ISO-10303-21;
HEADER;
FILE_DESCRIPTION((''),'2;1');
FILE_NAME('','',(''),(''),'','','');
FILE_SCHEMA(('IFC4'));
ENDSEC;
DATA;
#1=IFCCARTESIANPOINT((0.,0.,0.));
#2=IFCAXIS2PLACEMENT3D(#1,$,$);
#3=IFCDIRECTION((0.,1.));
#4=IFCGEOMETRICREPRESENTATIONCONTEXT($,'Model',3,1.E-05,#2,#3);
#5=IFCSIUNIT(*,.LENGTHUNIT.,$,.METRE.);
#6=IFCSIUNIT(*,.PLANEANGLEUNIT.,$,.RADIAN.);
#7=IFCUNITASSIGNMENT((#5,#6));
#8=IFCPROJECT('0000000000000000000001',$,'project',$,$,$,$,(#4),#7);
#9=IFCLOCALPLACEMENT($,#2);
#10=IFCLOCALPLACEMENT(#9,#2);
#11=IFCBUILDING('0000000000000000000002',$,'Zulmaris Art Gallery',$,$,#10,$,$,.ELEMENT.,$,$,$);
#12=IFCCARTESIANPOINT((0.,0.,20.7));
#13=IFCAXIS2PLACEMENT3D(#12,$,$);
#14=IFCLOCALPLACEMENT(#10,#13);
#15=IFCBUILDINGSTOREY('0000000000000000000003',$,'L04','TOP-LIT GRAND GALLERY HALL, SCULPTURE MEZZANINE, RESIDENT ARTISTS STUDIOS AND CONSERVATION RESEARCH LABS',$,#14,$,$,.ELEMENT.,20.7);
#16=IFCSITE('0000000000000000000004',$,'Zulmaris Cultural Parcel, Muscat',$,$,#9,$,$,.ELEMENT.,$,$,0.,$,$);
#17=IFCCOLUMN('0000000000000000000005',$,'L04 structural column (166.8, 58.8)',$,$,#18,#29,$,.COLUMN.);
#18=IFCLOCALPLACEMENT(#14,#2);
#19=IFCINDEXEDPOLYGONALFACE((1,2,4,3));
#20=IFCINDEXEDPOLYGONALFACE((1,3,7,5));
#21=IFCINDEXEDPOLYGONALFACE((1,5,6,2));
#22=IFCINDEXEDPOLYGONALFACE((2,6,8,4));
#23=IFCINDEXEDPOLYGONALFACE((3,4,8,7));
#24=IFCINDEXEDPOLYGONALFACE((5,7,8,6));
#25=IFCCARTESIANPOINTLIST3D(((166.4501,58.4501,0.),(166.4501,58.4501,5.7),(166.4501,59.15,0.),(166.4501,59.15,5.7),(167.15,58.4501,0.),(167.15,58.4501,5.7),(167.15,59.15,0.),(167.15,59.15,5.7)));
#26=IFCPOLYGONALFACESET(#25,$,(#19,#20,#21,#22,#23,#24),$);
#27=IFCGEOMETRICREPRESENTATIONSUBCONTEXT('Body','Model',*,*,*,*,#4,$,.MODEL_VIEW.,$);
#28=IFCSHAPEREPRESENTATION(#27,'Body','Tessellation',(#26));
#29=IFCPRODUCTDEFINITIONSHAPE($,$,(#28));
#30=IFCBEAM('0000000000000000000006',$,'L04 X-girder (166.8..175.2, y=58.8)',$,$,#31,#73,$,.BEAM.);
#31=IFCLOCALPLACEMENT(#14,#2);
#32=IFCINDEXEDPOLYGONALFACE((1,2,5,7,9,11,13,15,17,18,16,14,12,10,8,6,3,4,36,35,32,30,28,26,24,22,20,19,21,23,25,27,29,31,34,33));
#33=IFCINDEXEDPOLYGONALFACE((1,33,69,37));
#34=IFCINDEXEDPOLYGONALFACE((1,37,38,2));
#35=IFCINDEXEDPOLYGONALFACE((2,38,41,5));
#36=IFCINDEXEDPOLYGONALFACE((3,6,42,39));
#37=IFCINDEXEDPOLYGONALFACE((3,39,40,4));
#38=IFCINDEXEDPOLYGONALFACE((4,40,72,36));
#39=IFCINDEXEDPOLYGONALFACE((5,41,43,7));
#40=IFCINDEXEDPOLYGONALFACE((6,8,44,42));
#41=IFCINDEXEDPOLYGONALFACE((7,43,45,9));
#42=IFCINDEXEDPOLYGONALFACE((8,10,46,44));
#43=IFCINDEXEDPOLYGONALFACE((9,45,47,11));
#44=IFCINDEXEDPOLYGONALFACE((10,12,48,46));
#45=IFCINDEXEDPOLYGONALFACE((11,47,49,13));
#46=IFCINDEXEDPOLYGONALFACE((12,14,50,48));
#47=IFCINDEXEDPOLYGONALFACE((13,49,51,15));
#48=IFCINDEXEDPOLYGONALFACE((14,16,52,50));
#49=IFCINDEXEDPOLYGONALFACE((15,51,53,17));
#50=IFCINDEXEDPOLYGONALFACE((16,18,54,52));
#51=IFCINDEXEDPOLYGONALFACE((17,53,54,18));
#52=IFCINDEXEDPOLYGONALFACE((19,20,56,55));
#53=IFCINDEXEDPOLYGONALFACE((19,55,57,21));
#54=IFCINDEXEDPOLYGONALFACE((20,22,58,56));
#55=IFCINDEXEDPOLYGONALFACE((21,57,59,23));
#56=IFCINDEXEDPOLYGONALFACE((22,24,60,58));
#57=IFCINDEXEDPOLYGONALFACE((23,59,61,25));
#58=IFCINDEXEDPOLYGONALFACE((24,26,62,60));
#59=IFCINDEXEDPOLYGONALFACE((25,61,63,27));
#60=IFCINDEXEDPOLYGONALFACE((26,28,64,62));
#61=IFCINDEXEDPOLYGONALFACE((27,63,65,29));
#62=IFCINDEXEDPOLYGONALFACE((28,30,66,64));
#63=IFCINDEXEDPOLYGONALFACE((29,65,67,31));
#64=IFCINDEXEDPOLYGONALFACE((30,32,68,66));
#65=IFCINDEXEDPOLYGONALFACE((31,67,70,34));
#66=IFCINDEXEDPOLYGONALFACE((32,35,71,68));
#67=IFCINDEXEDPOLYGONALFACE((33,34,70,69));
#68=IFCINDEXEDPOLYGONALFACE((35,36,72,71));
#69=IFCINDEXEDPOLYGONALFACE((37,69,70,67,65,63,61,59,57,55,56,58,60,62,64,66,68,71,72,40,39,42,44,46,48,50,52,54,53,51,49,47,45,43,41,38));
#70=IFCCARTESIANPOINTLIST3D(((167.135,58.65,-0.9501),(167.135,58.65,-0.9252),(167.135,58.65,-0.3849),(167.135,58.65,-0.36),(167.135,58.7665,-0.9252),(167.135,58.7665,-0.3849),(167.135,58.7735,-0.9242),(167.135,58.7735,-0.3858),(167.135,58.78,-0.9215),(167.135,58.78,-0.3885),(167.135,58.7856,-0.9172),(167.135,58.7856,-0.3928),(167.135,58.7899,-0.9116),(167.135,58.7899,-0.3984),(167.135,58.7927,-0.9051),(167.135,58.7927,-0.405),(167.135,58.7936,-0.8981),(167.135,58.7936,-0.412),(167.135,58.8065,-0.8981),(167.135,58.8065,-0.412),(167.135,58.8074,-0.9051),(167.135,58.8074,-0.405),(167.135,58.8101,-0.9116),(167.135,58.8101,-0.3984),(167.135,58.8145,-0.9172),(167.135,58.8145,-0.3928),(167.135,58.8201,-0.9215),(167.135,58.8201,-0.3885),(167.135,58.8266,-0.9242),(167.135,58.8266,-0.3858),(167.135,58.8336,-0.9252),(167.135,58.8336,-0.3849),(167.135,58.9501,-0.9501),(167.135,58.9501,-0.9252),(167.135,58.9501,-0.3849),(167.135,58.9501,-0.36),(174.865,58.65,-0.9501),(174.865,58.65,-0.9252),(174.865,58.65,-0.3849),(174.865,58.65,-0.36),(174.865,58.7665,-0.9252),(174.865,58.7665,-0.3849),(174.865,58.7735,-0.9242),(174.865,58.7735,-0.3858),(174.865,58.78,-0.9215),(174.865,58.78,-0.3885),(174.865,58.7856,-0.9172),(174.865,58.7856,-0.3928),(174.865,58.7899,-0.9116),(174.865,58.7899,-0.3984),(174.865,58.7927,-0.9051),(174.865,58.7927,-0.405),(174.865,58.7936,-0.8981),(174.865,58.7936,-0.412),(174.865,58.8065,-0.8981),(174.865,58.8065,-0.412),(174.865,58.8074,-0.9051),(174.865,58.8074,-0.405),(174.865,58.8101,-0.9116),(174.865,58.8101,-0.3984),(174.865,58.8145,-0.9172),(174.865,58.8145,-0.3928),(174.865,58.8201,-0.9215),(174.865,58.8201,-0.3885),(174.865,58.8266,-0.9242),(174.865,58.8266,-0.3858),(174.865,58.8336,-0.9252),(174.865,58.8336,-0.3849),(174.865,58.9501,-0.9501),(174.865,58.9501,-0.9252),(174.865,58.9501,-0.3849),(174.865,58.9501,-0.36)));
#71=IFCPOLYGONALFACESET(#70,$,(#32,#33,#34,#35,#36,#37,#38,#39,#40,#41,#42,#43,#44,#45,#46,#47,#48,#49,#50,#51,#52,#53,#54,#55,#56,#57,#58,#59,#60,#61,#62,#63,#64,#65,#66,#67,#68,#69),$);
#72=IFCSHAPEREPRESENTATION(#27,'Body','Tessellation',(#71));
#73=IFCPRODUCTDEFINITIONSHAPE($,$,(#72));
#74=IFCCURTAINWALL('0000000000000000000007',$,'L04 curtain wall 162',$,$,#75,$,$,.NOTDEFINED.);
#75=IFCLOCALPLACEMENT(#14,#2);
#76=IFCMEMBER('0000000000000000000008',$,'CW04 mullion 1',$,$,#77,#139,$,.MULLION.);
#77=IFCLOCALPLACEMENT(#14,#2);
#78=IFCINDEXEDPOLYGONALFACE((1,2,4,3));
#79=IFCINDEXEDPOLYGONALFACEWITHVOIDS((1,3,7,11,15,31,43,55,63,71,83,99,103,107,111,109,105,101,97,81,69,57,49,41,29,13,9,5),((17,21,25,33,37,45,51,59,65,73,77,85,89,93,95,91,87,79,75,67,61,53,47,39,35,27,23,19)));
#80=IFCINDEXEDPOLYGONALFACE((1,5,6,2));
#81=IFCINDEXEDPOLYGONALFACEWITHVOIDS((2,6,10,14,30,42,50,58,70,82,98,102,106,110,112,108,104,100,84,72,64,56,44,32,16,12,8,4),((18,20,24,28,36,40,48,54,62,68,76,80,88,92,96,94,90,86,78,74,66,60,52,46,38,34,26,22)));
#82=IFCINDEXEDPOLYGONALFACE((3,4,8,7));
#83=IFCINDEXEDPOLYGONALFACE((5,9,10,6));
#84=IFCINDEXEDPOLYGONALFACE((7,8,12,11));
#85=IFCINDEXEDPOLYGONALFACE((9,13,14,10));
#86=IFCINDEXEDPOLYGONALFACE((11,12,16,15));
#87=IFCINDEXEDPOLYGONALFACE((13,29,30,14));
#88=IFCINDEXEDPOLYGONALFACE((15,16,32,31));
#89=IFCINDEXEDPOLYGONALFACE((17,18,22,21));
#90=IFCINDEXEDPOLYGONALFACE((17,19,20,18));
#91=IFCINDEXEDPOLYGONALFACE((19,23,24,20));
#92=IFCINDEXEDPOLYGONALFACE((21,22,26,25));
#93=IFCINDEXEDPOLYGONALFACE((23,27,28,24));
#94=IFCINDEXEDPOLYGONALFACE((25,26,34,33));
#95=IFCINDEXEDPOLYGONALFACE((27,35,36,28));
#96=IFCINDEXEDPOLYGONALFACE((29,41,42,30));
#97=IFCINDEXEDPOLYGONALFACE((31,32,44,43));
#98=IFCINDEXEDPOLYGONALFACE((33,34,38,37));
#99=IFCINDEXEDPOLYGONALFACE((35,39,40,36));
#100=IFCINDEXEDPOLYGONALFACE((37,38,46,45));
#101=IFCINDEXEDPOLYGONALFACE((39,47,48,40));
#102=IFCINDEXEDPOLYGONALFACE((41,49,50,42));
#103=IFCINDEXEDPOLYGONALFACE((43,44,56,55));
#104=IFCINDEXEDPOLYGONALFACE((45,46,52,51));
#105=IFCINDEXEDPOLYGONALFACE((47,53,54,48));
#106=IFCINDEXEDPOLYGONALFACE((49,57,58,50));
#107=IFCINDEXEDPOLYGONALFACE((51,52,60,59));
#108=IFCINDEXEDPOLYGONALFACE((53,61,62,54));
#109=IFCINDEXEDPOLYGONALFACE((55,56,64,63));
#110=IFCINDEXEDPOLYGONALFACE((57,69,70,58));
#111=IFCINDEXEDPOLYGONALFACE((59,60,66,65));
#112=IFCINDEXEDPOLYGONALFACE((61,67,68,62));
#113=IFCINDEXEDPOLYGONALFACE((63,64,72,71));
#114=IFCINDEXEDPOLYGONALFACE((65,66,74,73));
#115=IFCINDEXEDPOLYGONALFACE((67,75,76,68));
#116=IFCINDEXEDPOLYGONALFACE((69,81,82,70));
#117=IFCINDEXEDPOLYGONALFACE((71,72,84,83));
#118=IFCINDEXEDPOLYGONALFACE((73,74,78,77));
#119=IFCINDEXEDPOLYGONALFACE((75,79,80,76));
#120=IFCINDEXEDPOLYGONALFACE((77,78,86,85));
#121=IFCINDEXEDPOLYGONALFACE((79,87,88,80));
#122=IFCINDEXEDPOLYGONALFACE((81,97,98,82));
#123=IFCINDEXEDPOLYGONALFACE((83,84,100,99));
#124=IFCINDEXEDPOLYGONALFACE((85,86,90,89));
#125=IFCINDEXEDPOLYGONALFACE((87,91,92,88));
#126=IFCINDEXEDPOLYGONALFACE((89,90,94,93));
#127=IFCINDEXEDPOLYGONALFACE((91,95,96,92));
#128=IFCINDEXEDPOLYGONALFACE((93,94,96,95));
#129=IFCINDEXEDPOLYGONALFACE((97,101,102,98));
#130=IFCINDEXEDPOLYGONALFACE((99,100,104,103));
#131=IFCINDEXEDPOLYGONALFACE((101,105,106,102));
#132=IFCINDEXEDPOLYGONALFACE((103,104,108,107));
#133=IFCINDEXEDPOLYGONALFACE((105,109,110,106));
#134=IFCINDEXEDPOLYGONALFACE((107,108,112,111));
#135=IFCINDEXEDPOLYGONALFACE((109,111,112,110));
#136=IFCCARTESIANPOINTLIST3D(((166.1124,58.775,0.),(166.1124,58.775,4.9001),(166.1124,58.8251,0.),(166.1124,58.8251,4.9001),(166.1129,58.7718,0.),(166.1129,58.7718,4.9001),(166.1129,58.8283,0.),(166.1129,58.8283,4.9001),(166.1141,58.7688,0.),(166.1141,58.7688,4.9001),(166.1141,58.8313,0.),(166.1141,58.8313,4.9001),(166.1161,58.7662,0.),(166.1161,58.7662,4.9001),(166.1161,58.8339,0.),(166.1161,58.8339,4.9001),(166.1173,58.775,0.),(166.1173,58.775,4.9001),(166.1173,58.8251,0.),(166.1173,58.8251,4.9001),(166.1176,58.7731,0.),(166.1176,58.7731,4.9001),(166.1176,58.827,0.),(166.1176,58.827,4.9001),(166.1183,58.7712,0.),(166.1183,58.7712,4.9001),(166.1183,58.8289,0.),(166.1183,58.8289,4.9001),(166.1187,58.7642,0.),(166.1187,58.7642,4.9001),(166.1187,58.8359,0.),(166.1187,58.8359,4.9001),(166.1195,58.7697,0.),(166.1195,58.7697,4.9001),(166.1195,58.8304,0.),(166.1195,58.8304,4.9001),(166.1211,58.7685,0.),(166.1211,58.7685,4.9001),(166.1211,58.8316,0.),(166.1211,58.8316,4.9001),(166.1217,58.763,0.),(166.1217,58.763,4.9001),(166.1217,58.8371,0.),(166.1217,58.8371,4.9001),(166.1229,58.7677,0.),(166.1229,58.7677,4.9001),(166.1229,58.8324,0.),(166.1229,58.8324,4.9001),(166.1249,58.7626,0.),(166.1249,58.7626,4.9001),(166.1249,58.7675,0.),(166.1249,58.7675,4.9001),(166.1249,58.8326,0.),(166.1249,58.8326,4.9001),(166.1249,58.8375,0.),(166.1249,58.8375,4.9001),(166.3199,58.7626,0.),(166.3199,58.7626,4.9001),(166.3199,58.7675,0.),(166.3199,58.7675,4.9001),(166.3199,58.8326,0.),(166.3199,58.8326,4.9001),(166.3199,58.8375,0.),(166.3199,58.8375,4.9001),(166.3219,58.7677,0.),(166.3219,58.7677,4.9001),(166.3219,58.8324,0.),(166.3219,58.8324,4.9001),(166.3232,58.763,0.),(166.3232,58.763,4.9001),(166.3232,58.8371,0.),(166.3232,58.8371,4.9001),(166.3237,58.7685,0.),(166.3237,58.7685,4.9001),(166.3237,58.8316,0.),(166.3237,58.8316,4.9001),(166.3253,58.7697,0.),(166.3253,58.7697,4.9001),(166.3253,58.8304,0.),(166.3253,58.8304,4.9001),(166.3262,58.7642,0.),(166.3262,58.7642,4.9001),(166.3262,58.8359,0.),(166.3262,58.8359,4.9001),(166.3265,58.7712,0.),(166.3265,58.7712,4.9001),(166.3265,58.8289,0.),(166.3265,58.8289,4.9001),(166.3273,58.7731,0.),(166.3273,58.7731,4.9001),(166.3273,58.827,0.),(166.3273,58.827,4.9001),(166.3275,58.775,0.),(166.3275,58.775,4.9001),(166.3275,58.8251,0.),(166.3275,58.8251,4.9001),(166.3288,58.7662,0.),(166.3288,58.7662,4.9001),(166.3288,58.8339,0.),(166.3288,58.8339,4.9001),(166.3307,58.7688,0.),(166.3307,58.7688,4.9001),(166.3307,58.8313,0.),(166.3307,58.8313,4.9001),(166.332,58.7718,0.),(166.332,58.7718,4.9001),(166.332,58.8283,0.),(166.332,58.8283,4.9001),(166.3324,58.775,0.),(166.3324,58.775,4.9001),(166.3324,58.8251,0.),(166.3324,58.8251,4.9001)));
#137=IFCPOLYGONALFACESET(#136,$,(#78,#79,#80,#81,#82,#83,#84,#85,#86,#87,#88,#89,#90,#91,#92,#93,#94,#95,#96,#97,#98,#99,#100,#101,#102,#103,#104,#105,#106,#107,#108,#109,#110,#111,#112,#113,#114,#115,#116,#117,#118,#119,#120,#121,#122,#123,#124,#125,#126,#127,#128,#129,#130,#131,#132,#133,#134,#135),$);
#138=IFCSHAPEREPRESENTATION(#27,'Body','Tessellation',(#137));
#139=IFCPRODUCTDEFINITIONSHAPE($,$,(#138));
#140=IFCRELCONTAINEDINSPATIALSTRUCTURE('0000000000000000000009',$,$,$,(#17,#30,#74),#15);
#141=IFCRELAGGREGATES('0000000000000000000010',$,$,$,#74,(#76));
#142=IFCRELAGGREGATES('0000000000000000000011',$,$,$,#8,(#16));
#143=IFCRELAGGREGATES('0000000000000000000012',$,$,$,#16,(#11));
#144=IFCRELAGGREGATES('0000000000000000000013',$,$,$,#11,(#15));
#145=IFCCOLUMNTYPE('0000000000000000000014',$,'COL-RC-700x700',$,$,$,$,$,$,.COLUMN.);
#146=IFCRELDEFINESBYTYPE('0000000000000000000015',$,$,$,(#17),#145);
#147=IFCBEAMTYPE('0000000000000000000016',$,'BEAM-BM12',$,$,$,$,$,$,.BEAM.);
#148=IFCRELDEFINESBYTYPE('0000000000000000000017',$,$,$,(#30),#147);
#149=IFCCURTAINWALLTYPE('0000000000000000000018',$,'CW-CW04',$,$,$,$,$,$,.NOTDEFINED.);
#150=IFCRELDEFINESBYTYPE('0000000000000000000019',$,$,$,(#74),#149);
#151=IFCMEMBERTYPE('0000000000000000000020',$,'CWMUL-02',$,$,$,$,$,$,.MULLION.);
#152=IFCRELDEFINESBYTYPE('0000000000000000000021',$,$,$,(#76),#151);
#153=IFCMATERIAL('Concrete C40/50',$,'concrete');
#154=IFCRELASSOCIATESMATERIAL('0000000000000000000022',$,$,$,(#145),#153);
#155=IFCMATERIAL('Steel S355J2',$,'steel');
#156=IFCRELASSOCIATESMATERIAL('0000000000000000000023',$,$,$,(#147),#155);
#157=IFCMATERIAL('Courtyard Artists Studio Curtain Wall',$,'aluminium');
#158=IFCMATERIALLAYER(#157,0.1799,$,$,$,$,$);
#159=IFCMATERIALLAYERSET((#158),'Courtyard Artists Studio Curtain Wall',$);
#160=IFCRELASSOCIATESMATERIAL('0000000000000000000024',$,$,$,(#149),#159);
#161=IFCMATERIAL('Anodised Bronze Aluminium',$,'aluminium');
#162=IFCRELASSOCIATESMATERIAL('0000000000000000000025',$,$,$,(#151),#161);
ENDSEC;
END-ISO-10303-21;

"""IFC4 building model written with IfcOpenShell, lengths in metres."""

from ifc_helpers import new_model, si_unit, direction, frame, origin, origin_2d, place, context, subcontext, project, spatial, rectangle, hollow_rectangle, i_section, extrude, material, layer, layer_set, material_profile, profile_set, type_object, element, aggregate, save


model = new_model("IFC4")

# Units and contexts
model_context = context("Model", 3, precision=1e-05, world=origin(), true_north=direction((0.0, 1.0)))
body_context = subcontext(model_context, "Body", "Model", "MODEL_VIEW")
ifc_project = project(units=[si_unit("LENGTHUNIT", "METRE"), si_unit("PLANEANGLEUNIT", "RADIAN")], contexts=[model_context])

# Site, building, storey
site_placement = place(None, origin())
site = spatial("IfcSite", under=ifc_project, at=site_placement, Name="Zulmaris Cultural Parcel, Muscat", CompositionType="ELEMENT", RefElevation=0.0)
building_placement = place(site_placement, origin())
building = spatial("IfcBuilding", under=site, at=building_placement, Name="Zulmaris Art Gallery", CompositionType="ELEMENT")
storey_placement = place(building_placement, frame((0.0, 0.0, 20.7)))
storey = spatial("IfcBuildingStorey", under=building, at=storey_placement, Name="L04", Description="TOP-LIT GRAND GALLERY HALL, SCULPTURE MEZZANINE, RESIDENT ARTISTS STUDIOS AND CONSERVATION RESEARCH LABS", CompositionType="ELEMENT", Elevation=20.7)

# Column
ifc_material_1 = material(Name="Concrete C40/50", Category="concrete")
ifc_material_profile_1 = material_profile(ifc_material_1, rectangle(XDim=0.7, YDim=0.7, at=origin_2d()), Name="RC 700x700")
ifc_profile_set_1 = profile_set([ifc_material_profile_1], Name="Concrete C40/50")
column_type = type_object("IfcColumnType", Name="COL-RC-700x700", PredefinedType="COLUMN", material=ifc_profile_set_1)
column_placement = place(storey_placement, frame((166.8, 58.8, 0.0), z_axis=(0.0, 0.0, 1.0), x_axis=(1.0, 0.0, 0.0)))
element("IfcColumn", 1, at=column_placement, inside=storey, type_object=column_type, Name="L04 structural column (166.8, 58.8)", PredefinedType="COLUMN", context=body_context, shape_type="SweptSolid", body=[
    extrude(rectangle(XDim=0.7, YDim=0.7, at=origin_2d()), origin(), (0.0, 0.0, 1.0), 5.7),
])

# Beam
ifc_material_2 = material(Name="Steel S355J2", Category="steel")
ifc_material_profile_2 = material_profile(ifc_material_2, i_section(OverallWidth=0.3, OverallDepth=0.5901, WebThickness=0.0129, FlangeThickness=0.0249, FilletRadius=0.0271, at=origin_2d()), Name="HEA 600")
ifc_profile_set_2 = profile_set([ifc_material_profile_2], Name="Steel S355J2")
beam_type = type_object("IfcBeamType", Name="BEAM-BM12", PredefinedType="BEAM", material=ifc_profile_set_2)
beam_placement = place(storey_placement, frame((167.135, 58.8, -0.655), z_axis=(1.0, 0.0, 0.0), x_axis=(0.0, 1.0, 0.0)))
element("IfcBeam", 2, at=beam_placement, inside=storey, type_object=beam_type, Name="L04 X-girder (166.8..175.2, y=58.8)", PredefinedType="BEAM", context=body_context, shape_type="SweptSolid", body=[
    extrude(i_section(OverallWidth=0.3, OverallDepth=0.5901, WebThickness=0.0129, FlangeThickness=0.0249, FilletRadius=0.0271, at=origin_2d()), origin(), (0.0, 0.0, 1.0), 7.73),
])

# Curtain wall, member
ifc_material_3 = material(Name="Courtyard Artists Studio Curtain Wall", Category="aluminium")
ifc_layer_1 = layer(ifc_material_3, 0.1799)
ifc_layer_set_1 = layer_set([ifc_layer_1], Name="Courtyard Artists Studio Curtain Wall")
curtain_wall_type = type_object("IfcCurtainWallType", Name="CW-CW04", PredefinedType="NOTDEFINED", material=ifc_layer_set_1)
curtain_wall_1_placement = place(storey_placement, origin())
curtain_wall_1 = element("IfcCurtainWall", 3, at=curtain_wall_1_placement, inside=storey, type_object=curtain_wall_type, Name="L04 curtain wall 162", PredefinedType="NOTDEFINED")
ifc_material_4 = material(Name="Anodised Bronze Aluminium", Category="aluminium")
ifc_material_profile_3 = material_profile(ifc_material_4, hollow_rectangle(XDim=0.075, YDim=0.22, WallThickness=0.0049, InnerFilletRadius=0.0076, OuterFilletRadius=0.0125, at=origin_2d()), Name="ALU 75x220x5")
ifc_profile_set_3 = profile_set([ifc_material_profile_3], Name="Anodised Bronze Aluminium")
member_type_1 = type_object("IfcMemberType", Name="CWMUL-02", PredefinedType="MULLION", material=ifc_profile_set_3)
member_1_placement = place(storey_placement, frame((166.2224, 58.8, 0.0), z_axis=(0.0, 0.0, 1.0), x_axis=(0.0, -1.0, 0.0)))
member_1 = element("IfcMember", 4, at=member_1_placement, type_object=member_type_1, Name="CW04 mullion 1", PredefinedType="MULLION", context=body_context, shape_type="SweptSolid", body=[
    extrude(hollow_rectangle(XDim=0.075, YDim=0.22, WallThickness=0.0049, InnerFilletRadius=0.0076, OuterFilletRadius=0.0125, at=origin_2d()), origin(), (0.0, 0.0, 1.0), 4.9001),
])

aggregate(curtain_wall_1, [member_1])

save(model, "model.ifc")
